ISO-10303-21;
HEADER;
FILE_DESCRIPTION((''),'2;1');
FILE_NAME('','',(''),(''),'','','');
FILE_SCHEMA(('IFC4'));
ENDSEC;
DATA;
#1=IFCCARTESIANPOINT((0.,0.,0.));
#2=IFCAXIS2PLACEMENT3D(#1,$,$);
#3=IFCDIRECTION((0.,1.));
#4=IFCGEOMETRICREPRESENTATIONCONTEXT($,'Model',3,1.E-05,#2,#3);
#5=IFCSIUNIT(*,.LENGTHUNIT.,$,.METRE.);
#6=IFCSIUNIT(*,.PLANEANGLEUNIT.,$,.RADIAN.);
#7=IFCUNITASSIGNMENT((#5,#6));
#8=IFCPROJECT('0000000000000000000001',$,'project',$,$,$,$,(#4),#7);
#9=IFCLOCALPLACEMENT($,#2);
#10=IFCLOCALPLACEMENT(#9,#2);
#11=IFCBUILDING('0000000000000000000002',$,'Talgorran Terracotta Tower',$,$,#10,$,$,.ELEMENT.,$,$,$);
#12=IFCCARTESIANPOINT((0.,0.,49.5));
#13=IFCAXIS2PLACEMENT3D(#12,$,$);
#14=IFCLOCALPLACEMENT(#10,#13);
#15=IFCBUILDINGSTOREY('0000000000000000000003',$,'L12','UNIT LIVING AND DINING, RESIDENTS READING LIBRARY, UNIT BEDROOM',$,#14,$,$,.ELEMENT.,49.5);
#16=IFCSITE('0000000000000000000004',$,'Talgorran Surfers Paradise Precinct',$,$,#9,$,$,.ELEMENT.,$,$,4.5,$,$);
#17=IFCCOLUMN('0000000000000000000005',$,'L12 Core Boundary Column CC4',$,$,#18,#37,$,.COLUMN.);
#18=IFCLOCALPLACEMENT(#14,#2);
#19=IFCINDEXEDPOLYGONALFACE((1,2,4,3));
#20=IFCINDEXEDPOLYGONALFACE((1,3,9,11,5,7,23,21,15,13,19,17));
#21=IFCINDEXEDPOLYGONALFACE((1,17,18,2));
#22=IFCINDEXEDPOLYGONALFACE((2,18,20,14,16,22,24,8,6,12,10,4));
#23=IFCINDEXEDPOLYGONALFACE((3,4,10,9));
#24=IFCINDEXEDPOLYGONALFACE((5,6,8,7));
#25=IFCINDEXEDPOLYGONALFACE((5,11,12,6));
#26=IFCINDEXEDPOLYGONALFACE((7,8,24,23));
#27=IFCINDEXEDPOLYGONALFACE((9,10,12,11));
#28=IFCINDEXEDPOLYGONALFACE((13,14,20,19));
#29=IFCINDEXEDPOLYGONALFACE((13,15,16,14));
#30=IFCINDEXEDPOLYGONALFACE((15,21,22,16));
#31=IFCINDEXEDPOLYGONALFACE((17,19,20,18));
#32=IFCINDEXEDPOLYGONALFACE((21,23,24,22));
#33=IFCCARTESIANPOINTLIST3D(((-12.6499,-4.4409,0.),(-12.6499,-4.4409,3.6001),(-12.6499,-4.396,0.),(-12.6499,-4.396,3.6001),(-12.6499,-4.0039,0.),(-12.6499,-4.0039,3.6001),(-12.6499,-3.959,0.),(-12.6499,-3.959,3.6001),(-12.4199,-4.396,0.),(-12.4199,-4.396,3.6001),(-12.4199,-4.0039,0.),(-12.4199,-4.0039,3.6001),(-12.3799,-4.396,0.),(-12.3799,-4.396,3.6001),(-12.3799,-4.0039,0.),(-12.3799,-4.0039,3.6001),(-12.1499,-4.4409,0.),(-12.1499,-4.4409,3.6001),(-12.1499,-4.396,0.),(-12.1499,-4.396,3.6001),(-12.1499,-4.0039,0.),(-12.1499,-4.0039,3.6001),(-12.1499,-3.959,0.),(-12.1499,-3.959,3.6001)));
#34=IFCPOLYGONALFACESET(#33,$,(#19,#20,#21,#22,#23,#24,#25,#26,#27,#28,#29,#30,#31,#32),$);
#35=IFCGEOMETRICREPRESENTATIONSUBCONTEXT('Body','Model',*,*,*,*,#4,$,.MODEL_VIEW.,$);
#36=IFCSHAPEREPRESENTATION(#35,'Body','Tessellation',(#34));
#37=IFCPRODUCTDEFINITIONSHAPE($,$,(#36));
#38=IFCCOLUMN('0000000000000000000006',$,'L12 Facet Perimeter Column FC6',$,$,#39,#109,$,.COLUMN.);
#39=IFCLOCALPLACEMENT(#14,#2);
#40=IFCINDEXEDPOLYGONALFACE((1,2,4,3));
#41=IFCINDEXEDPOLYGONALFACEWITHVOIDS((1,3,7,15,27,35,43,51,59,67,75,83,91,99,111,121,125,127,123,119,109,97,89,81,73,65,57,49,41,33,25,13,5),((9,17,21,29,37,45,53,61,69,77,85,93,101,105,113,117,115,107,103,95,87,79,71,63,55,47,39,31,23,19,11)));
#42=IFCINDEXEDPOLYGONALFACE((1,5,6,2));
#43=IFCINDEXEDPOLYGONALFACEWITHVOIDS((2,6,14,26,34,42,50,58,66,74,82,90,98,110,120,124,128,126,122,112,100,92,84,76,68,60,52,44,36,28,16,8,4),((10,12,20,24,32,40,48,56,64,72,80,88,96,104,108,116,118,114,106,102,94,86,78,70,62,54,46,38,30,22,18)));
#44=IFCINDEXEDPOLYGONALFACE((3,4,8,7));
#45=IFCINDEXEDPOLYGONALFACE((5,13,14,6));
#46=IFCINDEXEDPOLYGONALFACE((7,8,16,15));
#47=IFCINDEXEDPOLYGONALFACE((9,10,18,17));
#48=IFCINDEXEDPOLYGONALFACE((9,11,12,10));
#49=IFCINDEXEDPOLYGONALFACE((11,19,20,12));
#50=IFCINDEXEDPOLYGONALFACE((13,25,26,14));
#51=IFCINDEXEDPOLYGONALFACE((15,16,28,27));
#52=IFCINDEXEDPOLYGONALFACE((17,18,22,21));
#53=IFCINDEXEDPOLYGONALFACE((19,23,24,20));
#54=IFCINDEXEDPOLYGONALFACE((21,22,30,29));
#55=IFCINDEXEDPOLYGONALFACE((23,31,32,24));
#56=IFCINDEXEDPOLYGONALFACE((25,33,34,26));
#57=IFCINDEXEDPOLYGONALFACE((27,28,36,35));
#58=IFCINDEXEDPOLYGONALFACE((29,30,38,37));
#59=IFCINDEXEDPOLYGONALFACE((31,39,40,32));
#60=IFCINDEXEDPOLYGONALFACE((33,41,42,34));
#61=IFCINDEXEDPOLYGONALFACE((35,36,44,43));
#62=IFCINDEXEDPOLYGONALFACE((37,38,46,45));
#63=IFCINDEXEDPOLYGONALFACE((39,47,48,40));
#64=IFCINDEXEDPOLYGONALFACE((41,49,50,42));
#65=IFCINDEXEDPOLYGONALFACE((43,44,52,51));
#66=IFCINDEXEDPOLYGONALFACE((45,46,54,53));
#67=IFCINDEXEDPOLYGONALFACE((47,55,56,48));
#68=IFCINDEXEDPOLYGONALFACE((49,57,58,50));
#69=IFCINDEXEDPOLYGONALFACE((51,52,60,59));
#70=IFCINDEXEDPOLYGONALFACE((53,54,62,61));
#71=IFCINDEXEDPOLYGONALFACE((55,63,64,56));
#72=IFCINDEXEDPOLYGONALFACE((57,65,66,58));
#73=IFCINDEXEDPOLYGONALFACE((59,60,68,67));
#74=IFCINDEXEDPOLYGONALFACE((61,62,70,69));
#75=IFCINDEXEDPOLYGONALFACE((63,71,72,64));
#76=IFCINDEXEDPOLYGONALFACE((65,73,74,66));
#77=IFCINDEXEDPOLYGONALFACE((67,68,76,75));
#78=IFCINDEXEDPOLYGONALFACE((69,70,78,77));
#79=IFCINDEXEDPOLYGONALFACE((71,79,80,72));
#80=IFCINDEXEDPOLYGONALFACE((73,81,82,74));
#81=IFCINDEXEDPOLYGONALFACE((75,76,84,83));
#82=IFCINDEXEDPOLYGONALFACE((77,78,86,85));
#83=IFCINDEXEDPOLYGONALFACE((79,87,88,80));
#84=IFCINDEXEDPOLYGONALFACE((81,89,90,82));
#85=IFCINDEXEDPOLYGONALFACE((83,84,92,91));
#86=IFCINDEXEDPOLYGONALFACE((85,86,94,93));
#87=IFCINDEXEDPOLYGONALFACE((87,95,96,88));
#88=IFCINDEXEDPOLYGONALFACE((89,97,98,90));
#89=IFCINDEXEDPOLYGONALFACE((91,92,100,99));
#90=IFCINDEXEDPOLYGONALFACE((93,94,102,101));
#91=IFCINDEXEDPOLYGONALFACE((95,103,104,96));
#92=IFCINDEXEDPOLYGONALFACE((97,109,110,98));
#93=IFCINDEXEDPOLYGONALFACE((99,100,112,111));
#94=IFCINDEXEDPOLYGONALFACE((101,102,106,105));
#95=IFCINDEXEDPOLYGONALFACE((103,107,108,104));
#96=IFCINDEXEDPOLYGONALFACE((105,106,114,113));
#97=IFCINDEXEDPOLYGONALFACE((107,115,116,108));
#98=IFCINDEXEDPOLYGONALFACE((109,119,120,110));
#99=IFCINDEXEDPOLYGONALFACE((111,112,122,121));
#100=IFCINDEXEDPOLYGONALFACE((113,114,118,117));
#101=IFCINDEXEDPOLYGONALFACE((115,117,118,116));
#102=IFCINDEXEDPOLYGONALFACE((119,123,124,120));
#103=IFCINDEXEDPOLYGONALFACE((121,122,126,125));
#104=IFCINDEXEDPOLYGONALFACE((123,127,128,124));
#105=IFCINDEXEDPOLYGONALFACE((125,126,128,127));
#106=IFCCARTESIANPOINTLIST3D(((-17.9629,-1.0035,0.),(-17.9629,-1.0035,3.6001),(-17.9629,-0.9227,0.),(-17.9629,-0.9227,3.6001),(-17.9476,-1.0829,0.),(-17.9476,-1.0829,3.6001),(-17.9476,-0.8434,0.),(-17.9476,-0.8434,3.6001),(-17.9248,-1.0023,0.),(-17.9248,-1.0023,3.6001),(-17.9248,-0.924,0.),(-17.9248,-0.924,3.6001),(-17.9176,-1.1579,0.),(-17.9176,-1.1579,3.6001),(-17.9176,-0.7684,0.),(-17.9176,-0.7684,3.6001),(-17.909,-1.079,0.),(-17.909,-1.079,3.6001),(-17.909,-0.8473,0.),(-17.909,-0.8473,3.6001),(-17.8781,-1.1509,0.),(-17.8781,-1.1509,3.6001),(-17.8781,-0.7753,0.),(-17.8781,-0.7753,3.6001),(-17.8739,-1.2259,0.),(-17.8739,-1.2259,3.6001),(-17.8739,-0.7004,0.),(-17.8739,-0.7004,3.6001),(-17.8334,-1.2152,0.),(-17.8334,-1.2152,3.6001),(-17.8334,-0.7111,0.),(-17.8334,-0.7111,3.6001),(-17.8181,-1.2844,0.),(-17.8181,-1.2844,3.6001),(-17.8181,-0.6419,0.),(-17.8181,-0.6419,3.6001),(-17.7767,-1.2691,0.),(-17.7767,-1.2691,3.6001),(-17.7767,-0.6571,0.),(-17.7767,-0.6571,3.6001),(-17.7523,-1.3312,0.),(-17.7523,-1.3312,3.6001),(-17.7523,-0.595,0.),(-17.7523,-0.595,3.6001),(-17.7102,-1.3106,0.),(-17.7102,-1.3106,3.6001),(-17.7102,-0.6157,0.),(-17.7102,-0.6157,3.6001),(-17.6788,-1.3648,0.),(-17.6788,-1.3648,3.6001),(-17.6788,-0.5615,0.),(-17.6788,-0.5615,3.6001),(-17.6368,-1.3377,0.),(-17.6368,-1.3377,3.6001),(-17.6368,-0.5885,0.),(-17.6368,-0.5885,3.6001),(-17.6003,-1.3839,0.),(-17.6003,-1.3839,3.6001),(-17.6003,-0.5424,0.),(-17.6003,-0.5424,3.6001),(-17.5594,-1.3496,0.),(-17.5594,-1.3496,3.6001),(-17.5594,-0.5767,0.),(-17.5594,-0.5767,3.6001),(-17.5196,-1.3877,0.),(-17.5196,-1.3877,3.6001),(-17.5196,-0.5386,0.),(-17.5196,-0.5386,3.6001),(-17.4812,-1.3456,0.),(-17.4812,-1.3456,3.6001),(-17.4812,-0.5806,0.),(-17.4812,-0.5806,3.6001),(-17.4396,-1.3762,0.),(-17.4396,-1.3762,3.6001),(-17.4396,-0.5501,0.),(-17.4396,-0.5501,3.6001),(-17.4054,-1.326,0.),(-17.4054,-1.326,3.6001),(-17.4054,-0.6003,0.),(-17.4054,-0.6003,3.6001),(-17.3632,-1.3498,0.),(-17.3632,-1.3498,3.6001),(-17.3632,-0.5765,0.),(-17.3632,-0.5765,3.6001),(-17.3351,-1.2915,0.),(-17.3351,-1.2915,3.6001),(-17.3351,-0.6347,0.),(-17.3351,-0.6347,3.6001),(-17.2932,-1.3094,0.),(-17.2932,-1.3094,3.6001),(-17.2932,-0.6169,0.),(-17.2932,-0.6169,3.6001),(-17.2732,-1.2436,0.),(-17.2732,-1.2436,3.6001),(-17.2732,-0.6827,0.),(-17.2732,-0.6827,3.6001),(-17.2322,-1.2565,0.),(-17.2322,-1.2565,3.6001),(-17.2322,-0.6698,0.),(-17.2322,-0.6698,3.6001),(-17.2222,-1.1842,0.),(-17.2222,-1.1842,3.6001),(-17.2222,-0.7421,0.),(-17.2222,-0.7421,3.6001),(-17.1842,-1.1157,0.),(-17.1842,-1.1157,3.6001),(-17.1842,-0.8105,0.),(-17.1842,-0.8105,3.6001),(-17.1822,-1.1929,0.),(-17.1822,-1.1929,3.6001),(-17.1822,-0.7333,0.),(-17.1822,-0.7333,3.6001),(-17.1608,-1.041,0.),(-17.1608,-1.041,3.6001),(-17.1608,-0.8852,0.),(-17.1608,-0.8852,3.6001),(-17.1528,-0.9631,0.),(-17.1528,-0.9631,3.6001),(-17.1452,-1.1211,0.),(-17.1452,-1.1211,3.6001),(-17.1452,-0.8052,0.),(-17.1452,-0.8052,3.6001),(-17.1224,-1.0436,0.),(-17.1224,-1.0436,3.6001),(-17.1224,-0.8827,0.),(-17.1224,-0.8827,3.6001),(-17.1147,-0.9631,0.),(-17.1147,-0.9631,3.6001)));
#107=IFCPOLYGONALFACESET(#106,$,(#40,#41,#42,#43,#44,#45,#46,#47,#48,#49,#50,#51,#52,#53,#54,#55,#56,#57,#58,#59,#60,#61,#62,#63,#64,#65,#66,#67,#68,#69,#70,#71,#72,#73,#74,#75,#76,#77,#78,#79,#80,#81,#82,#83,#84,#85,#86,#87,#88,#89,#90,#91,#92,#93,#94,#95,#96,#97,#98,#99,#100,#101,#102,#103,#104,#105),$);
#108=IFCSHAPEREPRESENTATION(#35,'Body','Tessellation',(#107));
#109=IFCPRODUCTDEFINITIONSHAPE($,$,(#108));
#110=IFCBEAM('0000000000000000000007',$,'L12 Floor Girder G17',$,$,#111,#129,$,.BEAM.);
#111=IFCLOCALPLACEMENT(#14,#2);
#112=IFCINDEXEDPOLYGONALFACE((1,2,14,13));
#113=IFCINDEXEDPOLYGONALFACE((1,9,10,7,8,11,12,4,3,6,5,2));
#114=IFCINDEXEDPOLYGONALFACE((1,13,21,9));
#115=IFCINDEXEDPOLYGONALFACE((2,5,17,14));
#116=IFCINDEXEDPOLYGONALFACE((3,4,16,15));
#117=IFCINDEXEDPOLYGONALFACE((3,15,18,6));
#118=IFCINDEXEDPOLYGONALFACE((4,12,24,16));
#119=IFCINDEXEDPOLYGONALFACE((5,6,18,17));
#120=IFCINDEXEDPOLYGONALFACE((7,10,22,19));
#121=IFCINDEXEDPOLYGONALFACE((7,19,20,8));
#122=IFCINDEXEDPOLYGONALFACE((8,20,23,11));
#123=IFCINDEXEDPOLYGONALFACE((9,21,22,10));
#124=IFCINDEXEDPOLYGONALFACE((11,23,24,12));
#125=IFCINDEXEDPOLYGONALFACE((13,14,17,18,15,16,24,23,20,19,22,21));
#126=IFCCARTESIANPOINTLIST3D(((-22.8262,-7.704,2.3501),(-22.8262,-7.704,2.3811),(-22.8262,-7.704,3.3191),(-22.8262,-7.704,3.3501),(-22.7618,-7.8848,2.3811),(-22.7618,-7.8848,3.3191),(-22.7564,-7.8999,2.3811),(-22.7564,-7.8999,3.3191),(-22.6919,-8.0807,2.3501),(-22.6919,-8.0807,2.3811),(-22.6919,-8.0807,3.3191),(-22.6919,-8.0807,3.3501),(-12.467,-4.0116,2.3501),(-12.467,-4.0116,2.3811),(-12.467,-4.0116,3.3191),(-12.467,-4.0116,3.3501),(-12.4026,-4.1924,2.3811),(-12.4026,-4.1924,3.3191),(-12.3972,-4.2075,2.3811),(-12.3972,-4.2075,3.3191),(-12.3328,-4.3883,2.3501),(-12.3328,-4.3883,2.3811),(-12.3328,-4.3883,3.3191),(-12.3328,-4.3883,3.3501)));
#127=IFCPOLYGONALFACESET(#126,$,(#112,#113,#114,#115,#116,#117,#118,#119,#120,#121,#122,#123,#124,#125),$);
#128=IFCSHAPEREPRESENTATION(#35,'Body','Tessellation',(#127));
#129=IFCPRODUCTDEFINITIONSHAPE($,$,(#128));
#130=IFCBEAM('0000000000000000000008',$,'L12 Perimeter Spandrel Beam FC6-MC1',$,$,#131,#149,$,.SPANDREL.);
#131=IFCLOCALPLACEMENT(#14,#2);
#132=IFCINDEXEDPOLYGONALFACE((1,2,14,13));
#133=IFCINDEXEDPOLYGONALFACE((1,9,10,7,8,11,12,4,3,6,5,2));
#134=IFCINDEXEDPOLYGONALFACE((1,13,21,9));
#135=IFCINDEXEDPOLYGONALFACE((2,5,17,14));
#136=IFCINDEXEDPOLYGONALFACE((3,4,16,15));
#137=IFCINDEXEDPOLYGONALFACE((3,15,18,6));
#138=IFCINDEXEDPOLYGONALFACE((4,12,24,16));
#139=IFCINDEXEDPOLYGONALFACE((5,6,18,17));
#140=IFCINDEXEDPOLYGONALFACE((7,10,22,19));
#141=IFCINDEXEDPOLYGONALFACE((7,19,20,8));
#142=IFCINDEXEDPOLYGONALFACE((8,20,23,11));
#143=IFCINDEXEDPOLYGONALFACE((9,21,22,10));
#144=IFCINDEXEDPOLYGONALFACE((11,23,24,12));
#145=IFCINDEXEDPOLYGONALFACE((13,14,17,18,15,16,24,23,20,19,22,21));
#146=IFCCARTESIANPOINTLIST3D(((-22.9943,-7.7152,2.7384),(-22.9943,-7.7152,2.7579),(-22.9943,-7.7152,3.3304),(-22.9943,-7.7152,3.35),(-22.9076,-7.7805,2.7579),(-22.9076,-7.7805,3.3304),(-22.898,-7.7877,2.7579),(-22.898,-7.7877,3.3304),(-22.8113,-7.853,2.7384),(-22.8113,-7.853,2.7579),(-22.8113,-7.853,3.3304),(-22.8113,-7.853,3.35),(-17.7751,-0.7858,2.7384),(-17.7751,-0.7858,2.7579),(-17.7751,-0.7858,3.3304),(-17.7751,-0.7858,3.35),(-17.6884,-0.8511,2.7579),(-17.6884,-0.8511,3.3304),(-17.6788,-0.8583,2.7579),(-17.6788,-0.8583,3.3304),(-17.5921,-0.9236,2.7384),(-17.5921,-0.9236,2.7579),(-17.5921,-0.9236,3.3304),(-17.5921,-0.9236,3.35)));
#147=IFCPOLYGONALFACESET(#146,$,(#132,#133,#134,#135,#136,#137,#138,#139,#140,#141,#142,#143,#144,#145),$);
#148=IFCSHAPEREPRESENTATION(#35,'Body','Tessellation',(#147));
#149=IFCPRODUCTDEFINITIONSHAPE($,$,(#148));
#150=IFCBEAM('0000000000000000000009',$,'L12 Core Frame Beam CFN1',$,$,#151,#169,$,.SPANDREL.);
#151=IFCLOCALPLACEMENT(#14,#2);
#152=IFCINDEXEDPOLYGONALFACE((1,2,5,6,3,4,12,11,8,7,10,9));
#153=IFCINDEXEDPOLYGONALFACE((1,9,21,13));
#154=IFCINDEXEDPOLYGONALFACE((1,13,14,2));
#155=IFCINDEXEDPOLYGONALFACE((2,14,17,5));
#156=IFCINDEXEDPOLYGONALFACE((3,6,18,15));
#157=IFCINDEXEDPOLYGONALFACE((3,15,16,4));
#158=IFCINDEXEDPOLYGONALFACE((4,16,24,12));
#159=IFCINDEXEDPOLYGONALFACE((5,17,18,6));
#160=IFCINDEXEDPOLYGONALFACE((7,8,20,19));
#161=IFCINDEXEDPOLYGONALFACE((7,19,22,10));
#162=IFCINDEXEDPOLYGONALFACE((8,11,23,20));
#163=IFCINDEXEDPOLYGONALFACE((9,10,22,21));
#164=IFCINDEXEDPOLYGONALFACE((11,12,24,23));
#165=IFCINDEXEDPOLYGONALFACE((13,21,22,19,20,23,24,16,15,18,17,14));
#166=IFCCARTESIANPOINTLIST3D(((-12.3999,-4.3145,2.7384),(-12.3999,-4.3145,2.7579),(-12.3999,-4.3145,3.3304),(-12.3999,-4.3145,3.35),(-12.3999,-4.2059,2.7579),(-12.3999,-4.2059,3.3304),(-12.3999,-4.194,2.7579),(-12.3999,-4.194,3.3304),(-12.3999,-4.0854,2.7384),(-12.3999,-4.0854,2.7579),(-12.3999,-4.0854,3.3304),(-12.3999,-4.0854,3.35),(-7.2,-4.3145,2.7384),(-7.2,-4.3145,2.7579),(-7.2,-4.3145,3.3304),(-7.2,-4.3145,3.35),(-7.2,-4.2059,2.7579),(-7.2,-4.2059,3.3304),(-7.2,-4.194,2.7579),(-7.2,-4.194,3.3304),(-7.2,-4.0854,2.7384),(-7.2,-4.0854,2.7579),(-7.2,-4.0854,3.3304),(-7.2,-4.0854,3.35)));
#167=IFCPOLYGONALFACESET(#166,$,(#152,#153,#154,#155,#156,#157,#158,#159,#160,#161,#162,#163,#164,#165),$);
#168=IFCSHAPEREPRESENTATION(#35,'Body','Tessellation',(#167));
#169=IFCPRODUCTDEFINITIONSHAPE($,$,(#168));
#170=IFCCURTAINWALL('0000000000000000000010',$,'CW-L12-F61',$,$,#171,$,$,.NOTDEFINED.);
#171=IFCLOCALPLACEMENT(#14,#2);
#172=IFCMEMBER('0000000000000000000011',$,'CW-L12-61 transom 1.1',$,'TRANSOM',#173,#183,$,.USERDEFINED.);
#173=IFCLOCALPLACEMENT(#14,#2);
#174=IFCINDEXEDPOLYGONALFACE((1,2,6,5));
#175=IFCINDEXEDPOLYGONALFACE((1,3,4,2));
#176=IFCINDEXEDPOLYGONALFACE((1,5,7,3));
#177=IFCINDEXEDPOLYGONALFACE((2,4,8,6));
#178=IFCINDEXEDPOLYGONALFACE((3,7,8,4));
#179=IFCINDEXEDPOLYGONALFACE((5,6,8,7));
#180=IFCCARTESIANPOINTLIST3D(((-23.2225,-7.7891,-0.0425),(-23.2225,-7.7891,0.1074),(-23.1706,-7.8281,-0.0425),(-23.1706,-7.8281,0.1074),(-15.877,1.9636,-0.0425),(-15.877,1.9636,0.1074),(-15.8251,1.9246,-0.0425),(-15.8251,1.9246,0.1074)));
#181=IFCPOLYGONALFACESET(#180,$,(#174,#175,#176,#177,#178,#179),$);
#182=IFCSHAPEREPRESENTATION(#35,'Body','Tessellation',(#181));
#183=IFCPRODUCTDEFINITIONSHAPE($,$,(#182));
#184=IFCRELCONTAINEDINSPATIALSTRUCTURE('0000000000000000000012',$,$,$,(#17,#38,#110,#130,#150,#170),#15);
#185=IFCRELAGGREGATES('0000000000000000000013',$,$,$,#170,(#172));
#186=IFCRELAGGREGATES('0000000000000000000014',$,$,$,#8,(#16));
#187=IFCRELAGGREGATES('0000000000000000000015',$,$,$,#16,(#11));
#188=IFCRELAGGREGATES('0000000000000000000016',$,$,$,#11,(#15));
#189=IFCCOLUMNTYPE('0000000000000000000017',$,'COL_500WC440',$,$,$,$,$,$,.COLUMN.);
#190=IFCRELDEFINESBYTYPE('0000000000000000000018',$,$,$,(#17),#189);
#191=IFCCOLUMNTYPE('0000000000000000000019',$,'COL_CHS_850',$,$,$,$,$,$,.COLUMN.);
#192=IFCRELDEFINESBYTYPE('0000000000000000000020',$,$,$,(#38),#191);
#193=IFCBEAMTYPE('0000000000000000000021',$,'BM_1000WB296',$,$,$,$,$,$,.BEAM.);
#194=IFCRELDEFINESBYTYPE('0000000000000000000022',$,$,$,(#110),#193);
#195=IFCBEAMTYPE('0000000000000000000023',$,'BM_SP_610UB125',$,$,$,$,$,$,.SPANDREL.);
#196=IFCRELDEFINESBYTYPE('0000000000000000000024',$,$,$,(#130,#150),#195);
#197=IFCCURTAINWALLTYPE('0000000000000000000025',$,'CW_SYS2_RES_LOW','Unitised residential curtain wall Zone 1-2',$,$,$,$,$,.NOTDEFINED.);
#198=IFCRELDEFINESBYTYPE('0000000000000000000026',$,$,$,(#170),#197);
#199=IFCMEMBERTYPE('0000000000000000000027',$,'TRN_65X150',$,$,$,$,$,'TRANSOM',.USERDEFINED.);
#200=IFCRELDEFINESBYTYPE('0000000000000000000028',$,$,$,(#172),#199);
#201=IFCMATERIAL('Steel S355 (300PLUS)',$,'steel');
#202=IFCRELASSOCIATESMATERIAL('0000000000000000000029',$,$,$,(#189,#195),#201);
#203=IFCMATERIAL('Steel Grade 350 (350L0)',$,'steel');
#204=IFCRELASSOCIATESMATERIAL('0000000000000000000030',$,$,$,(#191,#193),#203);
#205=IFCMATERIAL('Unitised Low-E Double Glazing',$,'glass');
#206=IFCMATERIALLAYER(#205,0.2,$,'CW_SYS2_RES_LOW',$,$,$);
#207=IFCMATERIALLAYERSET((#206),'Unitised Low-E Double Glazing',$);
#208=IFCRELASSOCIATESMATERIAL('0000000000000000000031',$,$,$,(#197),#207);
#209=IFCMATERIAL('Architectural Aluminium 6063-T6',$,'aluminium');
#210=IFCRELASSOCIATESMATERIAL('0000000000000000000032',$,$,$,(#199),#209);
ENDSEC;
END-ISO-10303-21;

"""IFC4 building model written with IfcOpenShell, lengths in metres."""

from ifc_helpers import new_model, si_unit, direction, frame, origin, origin_2d, place, context, subcontext, project, spatial, rectangle, hollow_circle, i_section, extrude, material, layer, layer_set, material_profile, profile_set, type_object, element, aggregate, save


model = new_model("IFC4")

# Units and contexts
model_context = context("Model", 3, precision=1e-05, world=origin(), true_north=direction((0.0, 1.0)))
body_context = subcontext(model_context, "Body", "Model", "MODEL_VIEW")
ifc_project = project(units=[si_unit("LENGTHUNIT", "METRE"), si_unit("PLANEANGLEUNIT", "RADIAN")], contexts=[model_context])

# Site, building, storey
site_placement = place(None, origin())
site = spatial("IfcSite", under=ifc_project, at=site_placement, Name="Talgorran Surfers Paradise Precinct", CompositionType="ELEMENT", RefElevation=4.5)
building_placement = place(site_placement, origin())
building = spatial("IfcBuilding", under=site, at=building_placement, Name="Talgorran Terracotta Tower", CompositionType="ELEMENT")
storey_placement = place(building_placement, frame((0.0, 0.0, 49.5)))
storey = spatial("IfcBuildingStorey", under=building, at=storey_placement, Name="L12", Description="UNIT LIVING AND DINING, RESIDENTS READING LIBRARY, UNIT BEDROOM", CompositionType="ELEMENT", Elevation=49.5)

# Columns
ifc_material_1 = material(Name="Steel S355 (300PLUS)", Category="steel")
ifc_material_profile_1 = material_profile(ifc_material_1, i_section(OverallWidth=0.5, OverallDepth=0.4819, WebThickness=0.04, FlangeThickness=0.0449, at=origin_2d()), Name="500WC440")
ifc_profile_set_1 = profile_set([ifc_material_profile_1], Name="Steel S355 (300PLUS)")
column_type_1 = type_object("IfcColumnType", Name="COL_500WC440", PredefinedType="COLUMN", material=ifc_profile_set_1)
column_1_placement = place(storey_placement, frame((-12.3999, -4.2, 0.0), z_axis=(0.0, 0.0, 1.0), x_axis=(1.0, 0.0, 0.0)))
element("IfcColumn", 1, at=column_1_placement, inside=storey, type_object=column_type_1, Name="L12 Core Boundary Column CC4", PredefinedType="COLUMN", context=body_context, shape_type="SweptSolid", body=[
    extrude(i_section(OverallWidth=0.5, OverallDepth=0.4819, WebThickness=0.04, FlangeThickness=0.0449, at=origin_2d()), origin(), (0.0, 0.0, 1.0), 3.6001),
])
ifc_material_2 = material(Name="Steel Grade 350 (350L0)", Category="steel")
ifc_material_profile_2 = material_profile(ifc_material_2, hollow_circle(Radius=0.425, WallThickness=0.0381, at=origin_2d()), Name="CHS850X38")
ifc_profile_set_2 = profile_set([ifc_material_profile_2], Name="Steel Grade 350 (350L0)")
column_type_2 = type_object("IfcColumnType", Name="COL_CHS_850", PredefinedType="COLUMN", material=ifc_profile_set_2)
column_2_placement = place(storey_placement, frame((-17.5398, -0.9631, 0.0), z_axis=(0.0, 0.0, 1.0), x_axis=(1.0, 0.0, 0.0)))
element("IfcColumn", 2, at=column_2_placement, inside=storey, type_object=column_type_2, Name="L12 Facet Perimeter Column FC6", PredefinedType="COLUMN", context=body_context, shape_type="SweptSolid", body=[
    extrude(hollow_circle(Radius=0.425, WallThickness=0.0381, at=origin_2d()), origin(), (0.0, 0.0, 1.0), 3.6001),
])

# Beams
ifc_material_profile_3 = material_profile(ifc_material_2, i_section(OverallWidth=0.3999, OverallDepth=1.0, WebThickness=0.0161, FlangeThickness=0.031, at=origin_2d()), Name="1000WB296")
ifc_profile_set_3 = profile_set([ifc_material_profile_3], Name="Steel Grade 350 (350L0)")
beam_type_1 = type_object("IfcBeamType", Name="BM_1000WB296", PredefinedType="BEAM", material=ifc_profile_set_3)
beam_1_placement = place(storey_placement, frame((-12.3999, -4.2, 2.8501), z_axis=(-0.941952, -0.335747, 0.0), x_axis=(0.335747, -0.941952, 0.0)))
element("IfcBeam", 3, at=beam_1_placement, inside=storey, type_object=beam_type_1, Name="L12 Floor Girder G17", PredefinedType="BEAM", context=body_context, shape_type="SweptSolid", body=[
    extrude(i_section(OverallWidth=0.3999, OverallDepth=1.0, WebThickness=0.0161, FlangeThickness=0.031, at=origin_2d()), origin(), (0.0, 0.0, 1.0), 10.9976),
])
ifc_material_profile_4 = material_profile(ifc_material_1, i_section(OverallWidth=0.229, OverallDepth=0.6116, WebThickness=0.012, FlangeThickness=0.0195, at=origin_2d()), Name="610UB125")
ifc_profile_set_4 = profile_set([ifc_material_profile_4], Name="Steel S355 (300PLUS)")
beam_type_2 = type_object("IfcBeamType", Name="BM_SP_610UB125", PredefinedType="SPANDREL", material=ifc_profile_set_4)
beam_2_placement = place(storey_placement, frame((-17.6836, -0.8547, 3.0442), z_axis=(-0.601633, -0.798772, 0.0), x_axis=(0.798772, -0.601633, 0.0)))
element("IfcBeam", 4, at=beam_2_placement, inside=storey, type_object=beam_type_2, Name="L12 Perimeter Spandrel Beam FC6-MC1", PredefinedType="SPANDREL", context=body_context, shape_type="SweptSolid", body=[
    extrude(i_section(OverallWidth=0.229, OverallDepth=0.6116, WebThickness=0.012, FlangeThickness=0.0195, at=origin_2d()), origin(), (0.0, 0.0, 1.0), 8.675),
])
beam_3_placement = place(storey_placement, frame((-12.3999, -4.2, 3.0442), z_axis=(1.0, 0.0, 0.0), x_axis=(0.0, 1.0, 0.0)))
element("IfcBeam", 5, at=beam_3_placement, inside=storey, type_object=beam_type_2, Name="L12 Core Frame Beam CFN1", PredefinedType="SPANDREL", context=body_context, shape_type="SweptSolid", body=[
    extrude(i_section(OverallWidth=0.229, OverallDepth=0.6116, WebThickness=0.012, FlangeThickness=0.0195, at=origin_2d()), origin(), (0.0, 0.0, 1.0), 5.2),
])

# Curtain wall, member
ifc_material_3 = material(Name="Unitised Low-E Double Glazing", Category="glass")
ifc_layer_1 = layer(ifc_material_3, 0.2, Name="CW_SYS2_RES_LOW")
ifc_layer_set_1 = layer_set([ifc_layer_1], Name="Unitised Low-E Double Glazing")
curtain_wall_type = type_object("IfcCurtainWallType", Name="CW_SYS2_RES_LOW", Description="Unitised residential curtain wall Zone 1-2", PredefinedType="NOTDEFINED", material=ifc_layer_set_1)
curtain_wall_placement = place(storey_placement, origin())
curtain_wall = element("IfcCurtainWall", 6, at=curtain_wall_placement, inside=storey, type_object=curtain_wall_type, Name="CW-L12-F61", PredefinedType="NOTDEFINED")
ifc_material_4 = material(Name="Architectural Aluminium 6063-T6", Category="aluminium")
ifc_material_profile_5 = material_profile(ifc_material_4, rectangle(XDim=0.0649, YDim=0.1499, at=origin_2d()), Name="CWT65X150")
ifc_profile_set_5 = profile_set([ifc_material_profile_5], Name="Architectural Aluminium 6063-T6")
member_type = type_object("IfcMemberType", Name="TRN_65X150", ElementType="TRANSOM", PredefinedType="USERDEFINED", material=ifc_profile_set_5)
member_1_placement = place(storey_placement, frame((-15.8511, 1.9441, 0.0325), z_axis=(-0.601621, -0.798782, 0.0), x_axis=(0.798782, -0.601621, 0.0)))
member_1 = element("IfcMember", 7, at=member_1_placement, type_object=member_type, Name="CW-L12-61 transom 1.1", ObjectType="TRANSOM", PredefinedType="USERDEFINED", context=body_context, shape_type="SweptSolid", body=[
    extrude(rectangle(XDim=0.0649, YDim=0.1499, at=origin_2d()), origin(), (0.0, 0.0, 1.0), 12.2095),
])

aggregate(curtain_wall, [member_1])

save(model, "model.ifc")
